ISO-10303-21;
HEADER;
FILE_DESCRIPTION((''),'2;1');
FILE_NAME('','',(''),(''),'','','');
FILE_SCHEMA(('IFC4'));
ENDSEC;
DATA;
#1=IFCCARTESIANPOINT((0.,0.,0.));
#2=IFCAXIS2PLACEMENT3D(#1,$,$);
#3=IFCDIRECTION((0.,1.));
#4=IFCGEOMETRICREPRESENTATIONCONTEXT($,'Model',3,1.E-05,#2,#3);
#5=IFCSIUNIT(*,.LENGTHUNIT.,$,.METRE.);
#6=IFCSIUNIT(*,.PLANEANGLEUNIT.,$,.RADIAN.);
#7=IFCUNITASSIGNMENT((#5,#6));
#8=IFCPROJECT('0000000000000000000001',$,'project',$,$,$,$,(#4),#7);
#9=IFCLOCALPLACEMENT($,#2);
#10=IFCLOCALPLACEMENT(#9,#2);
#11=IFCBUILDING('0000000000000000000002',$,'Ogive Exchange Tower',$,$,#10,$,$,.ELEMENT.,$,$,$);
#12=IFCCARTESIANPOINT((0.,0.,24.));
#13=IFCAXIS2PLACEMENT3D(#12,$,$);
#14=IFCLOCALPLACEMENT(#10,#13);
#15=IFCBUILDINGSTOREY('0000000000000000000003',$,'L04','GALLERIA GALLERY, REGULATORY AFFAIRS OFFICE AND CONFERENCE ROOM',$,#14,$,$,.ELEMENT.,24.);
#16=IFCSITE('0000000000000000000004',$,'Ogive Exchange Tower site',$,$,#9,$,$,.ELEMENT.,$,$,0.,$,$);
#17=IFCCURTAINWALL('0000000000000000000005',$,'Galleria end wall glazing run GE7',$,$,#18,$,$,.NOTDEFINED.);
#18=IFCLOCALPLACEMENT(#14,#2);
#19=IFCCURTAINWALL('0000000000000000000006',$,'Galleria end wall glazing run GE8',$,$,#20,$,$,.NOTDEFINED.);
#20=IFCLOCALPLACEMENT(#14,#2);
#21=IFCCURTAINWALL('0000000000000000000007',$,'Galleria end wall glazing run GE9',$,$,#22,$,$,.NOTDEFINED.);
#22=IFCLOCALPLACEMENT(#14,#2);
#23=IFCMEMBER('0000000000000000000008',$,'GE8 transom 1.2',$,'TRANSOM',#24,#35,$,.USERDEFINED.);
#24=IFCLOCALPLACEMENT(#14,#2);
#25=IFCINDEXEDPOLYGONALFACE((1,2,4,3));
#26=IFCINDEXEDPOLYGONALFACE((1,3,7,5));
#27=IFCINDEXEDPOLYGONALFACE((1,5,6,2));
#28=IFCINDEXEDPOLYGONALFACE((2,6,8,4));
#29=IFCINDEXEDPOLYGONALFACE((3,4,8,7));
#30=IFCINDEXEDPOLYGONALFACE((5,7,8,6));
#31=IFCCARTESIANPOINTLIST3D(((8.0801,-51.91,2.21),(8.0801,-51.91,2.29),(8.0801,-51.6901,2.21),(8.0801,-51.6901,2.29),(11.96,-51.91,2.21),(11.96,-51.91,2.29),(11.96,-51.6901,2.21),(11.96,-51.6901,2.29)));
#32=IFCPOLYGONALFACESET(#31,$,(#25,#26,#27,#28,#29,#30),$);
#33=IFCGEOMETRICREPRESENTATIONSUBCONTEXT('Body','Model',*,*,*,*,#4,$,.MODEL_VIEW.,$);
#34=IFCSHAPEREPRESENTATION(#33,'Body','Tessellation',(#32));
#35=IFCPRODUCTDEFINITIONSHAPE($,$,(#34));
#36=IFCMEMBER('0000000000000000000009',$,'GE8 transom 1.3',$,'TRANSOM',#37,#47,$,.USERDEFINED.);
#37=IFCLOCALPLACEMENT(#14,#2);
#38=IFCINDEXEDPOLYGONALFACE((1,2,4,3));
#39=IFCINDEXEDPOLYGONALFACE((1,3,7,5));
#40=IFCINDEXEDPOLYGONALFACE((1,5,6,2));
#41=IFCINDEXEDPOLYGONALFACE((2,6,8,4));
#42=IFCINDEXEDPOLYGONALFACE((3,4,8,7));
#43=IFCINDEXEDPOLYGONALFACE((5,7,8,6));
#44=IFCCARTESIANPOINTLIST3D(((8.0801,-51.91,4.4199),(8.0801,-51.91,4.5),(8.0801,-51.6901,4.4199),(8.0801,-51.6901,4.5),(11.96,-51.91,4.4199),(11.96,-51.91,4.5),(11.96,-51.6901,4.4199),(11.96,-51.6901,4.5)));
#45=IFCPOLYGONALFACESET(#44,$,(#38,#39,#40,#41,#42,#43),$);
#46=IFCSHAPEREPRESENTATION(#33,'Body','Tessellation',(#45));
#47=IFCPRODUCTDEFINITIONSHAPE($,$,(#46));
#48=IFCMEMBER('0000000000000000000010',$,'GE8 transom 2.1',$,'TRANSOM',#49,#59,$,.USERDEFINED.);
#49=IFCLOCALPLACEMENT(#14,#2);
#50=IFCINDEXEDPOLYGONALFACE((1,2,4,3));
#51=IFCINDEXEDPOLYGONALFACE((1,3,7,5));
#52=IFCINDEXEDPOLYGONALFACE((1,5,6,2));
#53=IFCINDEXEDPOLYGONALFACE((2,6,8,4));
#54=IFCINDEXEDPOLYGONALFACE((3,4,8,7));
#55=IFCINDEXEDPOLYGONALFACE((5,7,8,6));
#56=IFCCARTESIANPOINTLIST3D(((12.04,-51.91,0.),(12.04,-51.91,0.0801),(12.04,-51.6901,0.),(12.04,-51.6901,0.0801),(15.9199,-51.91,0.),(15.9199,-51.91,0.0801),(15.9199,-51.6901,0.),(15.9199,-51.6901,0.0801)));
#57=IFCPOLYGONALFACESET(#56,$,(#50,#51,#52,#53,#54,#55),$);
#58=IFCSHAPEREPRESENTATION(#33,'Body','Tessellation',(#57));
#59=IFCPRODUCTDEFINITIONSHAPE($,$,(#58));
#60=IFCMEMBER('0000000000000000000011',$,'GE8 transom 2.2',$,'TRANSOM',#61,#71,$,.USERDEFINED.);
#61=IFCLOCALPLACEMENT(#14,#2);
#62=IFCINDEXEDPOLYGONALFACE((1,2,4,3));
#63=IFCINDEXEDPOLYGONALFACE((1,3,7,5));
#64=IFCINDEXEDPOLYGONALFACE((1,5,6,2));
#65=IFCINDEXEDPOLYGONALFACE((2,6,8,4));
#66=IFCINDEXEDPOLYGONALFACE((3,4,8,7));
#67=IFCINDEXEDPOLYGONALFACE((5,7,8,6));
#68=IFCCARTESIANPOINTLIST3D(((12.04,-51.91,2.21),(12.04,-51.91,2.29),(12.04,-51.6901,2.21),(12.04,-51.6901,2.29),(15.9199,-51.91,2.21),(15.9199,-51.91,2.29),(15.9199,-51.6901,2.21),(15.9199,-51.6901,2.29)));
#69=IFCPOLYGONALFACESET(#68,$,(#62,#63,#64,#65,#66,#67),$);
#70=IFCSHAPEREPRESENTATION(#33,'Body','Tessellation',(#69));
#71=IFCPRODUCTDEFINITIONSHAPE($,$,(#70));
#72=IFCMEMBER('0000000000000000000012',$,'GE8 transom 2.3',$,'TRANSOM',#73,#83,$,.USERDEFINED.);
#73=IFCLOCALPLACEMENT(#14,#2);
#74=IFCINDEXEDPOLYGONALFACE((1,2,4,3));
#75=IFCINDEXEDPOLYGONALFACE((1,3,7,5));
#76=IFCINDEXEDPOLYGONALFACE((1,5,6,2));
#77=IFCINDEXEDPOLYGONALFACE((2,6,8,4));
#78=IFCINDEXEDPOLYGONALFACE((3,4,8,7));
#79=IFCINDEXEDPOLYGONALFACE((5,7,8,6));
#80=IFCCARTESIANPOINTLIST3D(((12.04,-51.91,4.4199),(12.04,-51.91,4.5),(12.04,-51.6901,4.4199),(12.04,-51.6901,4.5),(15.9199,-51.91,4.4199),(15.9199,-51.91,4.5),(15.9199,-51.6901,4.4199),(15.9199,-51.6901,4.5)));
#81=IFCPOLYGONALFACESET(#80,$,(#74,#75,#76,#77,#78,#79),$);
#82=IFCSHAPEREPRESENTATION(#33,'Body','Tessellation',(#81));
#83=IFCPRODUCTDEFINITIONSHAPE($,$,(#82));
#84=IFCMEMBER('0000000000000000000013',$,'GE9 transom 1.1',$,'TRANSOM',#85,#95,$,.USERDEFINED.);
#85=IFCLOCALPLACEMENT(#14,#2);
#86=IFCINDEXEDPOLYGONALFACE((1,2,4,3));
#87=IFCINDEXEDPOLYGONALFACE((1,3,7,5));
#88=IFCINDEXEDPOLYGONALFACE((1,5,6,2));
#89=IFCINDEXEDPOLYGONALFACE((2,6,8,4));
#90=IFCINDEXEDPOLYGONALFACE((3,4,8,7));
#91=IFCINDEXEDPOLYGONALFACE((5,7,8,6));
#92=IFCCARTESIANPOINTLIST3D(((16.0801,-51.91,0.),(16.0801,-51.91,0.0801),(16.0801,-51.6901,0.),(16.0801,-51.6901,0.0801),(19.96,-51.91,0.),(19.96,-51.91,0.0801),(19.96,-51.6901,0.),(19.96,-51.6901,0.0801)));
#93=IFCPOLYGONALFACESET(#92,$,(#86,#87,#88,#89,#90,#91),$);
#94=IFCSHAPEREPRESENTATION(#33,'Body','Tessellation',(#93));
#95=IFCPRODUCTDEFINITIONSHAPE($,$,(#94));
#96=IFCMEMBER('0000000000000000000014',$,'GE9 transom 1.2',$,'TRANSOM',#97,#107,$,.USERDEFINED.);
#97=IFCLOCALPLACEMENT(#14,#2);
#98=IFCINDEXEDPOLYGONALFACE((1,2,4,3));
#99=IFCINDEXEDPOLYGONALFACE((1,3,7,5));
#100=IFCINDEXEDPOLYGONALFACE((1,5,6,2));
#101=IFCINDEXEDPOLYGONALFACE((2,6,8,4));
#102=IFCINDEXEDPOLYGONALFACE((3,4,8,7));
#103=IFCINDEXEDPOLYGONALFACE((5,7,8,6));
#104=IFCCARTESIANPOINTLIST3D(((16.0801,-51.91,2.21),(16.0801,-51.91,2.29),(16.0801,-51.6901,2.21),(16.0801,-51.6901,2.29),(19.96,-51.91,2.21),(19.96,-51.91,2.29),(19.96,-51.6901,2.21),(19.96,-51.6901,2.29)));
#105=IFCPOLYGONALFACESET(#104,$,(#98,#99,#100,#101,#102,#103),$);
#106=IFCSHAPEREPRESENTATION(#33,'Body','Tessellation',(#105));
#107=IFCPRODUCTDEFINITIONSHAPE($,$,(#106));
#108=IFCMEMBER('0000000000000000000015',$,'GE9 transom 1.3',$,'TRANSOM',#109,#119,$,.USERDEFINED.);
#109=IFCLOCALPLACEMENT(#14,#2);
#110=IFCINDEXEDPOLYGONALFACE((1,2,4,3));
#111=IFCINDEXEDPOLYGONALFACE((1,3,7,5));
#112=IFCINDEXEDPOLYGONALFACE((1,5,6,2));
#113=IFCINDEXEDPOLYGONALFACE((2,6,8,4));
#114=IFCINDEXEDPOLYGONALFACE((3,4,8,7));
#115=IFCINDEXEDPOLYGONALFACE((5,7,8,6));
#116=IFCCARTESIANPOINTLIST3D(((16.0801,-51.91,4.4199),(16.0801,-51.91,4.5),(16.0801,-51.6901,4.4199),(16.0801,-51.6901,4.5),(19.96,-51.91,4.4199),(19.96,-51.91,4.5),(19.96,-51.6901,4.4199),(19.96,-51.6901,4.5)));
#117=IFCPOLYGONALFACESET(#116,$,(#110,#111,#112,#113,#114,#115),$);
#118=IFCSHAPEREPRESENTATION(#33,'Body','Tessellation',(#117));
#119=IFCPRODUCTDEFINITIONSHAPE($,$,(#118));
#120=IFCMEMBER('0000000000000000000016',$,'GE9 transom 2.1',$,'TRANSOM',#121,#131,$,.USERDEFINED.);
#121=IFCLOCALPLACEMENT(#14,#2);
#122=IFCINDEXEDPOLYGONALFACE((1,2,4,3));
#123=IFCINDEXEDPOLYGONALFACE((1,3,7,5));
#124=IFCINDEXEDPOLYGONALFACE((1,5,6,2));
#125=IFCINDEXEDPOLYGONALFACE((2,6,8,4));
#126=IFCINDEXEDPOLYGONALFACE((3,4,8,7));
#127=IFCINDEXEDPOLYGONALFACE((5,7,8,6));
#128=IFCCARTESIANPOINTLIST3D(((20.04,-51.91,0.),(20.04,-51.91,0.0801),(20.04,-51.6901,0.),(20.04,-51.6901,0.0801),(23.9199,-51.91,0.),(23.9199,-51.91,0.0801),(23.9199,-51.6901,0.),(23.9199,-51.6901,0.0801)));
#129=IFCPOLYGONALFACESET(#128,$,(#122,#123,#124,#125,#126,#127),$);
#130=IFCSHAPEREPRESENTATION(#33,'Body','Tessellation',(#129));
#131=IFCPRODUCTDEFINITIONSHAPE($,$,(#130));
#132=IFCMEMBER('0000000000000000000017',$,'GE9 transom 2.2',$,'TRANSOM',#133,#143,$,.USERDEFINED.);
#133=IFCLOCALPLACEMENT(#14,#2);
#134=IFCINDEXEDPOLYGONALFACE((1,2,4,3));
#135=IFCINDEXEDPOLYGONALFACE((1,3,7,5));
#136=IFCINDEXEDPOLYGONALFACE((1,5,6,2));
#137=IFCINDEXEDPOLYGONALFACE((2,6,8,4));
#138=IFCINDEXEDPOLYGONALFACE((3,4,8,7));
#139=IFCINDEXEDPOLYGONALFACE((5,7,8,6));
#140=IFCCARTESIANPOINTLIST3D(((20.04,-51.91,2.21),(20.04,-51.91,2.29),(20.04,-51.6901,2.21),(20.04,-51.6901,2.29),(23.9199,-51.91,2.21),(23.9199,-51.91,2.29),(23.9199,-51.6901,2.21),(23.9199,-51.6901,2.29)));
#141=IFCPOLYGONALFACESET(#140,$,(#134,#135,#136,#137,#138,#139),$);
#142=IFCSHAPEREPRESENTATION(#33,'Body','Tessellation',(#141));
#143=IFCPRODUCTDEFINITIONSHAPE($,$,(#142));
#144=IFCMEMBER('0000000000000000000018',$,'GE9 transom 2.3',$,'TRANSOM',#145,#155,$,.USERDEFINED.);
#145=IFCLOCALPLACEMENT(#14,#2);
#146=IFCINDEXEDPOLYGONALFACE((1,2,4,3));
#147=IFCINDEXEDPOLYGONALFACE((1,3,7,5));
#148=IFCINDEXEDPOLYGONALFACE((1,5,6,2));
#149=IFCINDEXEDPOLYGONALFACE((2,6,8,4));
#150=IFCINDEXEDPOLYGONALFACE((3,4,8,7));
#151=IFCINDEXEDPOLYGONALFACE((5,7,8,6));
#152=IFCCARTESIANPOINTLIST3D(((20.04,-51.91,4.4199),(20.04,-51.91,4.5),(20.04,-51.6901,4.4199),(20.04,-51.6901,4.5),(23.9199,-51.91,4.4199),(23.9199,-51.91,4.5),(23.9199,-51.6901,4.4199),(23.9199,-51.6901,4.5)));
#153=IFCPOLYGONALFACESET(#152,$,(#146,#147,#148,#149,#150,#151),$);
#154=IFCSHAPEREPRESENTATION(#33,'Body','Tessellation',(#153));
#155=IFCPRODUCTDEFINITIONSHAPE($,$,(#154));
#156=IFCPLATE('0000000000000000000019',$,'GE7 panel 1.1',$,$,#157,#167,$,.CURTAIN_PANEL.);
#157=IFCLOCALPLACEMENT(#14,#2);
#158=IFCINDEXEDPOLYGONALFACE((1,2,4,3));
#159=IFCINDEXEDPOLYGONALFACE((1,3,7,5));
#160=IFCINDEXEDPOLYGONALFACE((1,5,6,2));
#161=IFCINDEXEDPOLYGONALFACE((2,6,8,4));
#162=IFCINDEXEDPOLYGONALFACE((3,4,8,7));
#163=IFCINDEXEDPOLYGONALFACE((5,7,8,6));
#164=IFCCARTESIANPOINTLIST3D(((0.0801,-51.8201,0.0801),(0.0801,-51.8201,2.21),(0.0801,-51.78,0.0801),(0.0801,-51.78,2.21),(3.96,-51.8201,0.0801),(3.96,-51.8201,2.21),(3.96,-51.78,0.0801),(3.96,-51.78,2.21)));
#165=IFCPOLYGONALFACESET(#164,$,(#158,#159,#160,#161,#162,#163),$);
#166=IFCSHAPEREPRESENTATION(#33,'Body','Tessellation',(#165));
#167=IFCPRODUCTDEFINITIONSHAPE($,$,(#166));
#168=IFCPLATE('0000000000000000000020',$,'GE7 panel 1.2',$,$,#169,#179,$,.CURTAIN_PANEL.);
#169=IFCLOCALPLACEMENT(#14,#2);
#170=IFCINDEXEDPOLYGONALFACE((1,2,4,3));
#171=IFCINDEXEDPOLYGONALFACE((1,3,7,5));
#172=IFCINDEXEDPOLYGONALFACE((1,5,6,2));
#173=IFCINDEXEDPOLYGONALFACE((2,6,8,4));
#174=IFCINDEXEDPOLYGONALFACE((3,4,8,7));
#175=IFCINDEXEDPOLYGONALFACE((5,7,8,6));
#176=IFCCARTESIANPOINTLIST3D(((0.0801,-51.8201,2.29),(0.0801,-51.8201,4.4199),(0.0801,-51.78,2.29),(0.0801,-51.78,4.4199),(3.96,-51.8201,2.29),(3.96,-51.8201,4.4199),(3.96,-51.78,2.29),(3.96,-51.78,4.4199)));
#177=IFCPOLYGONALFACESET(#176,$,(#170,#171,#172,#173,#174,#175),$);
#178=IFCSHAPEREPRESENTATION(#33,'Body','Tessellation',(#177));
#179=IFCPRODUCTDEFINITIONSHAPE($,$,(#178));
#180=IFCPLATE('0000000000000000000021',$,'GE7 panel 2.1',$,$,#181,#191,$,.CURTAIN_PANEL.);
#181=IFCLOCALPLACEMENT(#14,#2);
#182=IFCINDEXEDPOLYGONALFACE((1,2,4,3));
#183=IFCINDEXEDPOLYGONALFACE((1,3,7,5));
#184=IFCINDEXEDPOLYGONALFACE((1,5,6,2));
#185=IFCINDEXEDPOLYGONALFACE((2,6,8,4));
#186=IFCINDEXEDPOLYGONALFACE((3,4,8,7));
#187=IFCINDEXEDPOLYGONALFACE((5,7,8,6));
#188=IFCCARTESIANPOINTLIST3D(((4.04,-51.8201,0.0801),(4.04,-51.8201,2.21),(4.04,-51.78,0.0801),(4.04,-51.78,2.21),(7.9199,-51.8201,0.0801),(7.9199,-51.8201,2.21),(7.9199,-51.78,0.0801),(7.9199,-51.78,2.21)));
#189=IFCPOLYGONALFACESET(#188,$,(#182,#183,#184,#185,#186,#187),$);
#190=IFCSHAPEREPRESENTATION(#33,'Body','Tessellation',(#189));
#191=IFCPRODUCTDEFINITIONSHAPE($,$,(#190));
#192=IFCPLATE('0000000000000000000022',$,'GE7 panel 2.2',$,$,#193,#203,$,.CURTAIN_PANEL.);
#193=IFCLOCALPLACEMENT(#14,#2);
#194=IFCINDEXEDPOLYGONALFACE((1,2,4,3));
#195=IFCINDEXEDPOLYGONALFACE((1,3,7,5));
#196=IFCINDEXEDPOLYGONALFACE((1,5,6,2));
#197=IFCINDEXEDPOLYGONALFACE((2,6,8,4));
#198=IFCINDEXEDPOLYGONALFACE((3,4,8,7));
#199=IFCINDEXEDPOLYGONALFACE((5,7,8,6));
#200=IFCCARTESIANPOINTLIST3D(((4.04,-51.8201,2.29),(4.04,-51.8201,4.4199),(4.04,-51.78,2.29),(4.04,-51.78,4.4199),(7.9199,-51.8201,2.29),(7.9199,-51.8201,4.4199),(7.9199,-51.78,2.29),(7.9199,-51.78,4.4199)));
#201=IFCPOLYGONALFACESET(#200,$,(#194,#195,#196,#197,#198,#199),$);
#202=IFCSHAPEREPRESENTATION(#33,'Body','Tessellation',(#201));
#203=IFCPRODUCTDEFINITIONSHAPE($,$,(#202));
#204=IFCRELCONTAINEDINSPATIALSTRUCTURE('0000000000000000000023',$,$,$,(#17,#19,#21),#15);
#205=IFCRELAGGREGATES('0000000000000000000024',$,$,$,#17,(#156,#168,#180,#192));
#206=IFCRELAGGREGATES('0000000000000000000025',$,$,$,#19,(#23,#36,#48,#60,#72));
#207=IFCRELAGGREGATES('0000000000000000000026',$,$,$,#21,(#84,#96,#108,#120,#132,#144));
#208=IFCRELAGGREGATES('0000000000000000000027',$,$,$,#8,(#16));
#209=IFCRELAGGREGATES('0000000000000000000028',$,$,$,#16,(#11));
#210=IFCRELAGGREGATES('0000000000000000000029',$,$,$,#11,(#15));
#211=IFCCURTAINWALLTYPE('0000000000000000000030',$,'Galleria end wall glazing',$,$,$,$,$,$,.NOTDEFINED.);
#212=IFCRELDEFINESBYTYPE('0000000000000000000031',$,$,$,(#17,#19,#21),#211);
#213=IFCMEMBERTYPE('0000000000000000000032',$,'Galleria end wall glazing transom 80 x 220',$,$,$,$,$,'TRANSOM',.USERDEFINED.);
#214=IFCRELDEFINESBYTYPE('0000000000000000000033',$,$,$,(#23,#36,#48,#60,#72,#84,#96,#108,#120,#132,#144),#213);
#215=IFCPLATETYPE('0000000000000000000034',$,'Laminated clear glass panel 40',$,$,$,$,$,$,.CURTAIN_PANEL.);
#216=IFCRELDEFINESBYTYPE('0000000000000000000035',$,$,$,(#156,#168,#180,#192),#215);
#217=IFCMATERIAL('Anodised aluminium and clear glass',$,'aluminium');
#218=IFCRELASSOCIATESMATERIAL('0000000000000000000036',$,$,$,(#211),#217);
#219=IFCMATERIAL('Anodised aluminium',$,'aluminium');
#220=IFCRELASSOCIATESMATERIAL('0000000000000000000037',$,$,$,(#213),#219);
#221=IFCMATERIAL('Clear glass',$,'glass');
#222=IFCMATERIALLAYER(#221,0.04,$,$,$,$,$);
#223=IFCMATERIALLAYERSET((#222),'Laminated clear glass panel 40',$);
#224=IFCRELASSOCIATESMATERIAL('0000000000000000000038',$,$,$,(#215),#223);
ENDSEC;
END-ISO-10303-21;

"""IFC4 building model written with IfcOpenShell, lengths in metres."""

from ifc_helpers import new_model, si_unit, direction, frame, origin, origin_2d, place, context, subcontext, project, spatial, rectangle, extrude, material, layer, layer_set, material_profile, profile_set, type_object, element, aggregate, save


model = new_model("IFC4")

# Units and contexts
model_context = context("Model", 3, precision=1e-05, world=origin(), true_north=direction((0.0, 1.0)))
body_context = subcontext(model_context, "Body", "Model", "MODEL_VIEW")
ifc_project = project(units=[si_unit("LENGTHUNIT", "METRE"), si_unit("PLANEANGLEUNIT", "RADIAN")], contexts=[model_context])

# Site, building, storey
site_placement = place(None, origin())
site = spatial("IfcSite", under=ifc_project, at=site_placement, Name="Ogive Exchange Tower site", CompositionType="ELEMENT", RefElevation=0.0)
building_placement = place(site_placement, origin())
building = spatial("IfcBuilding", under=site, at=building_placement, Name="Ogive Exchange Tower", CompositionType="ELEMENT")
storey_placement = place(building_placement, frame((0.0, 0.0, 24.0)))
storey = spatial("IfcBuildingStorey", under=building, at=storey_placement, Name="L04", Description="GALLERIA GALLERY, REGULATORY AFFAIRS OFFICE AND CONFERENCE ROOM", CompositionType="ELEMENT", Elevation=24.0)

# Curtain walls
ifc_material_1 = material(Name="Anodised aluminium and clear glass", Category="aluminium")
curtain_wall_type = type_object("IfcCurtainWallType", Name="Galleria end wall glazing", PredefinedType="NOTDEFINED", material=ifc_material_1)
curtain_wall_1_placement = place(storey_placement, origin())
curtain_wall_1 = element("IfcCurtainWall", 1, at=curtain_wall_1_placement, inside=storey, type_object=curtain_wall_type, Name="Galleria end wall glazing run GE7", PredefinedType="NOTDEFINED")
ifc_material_2 = material(Name="Anodised aluminium", Category="aluminium")
curtain_wall_2_placement = place(storey_placement, origin())
curtain_wall_2 = element("IfcCurtainWall", 2, at=curtain_wall_2_placement, inside=storey, type_object=curtain_wall_type, Name="Galleria end wall glazing run GE8", PredefinedType="NOTDEFINED")
curtain_wall_3_placement = place(storey_placement, origin())
curtain_wall_3 = element("IfcCurtainWall", 3, at=curtain_wall_3_placement, inside=storey, type_object=curtain_wall_type, Name="Galleria end wall glazing run GE9", PredefinedType="NOTDEFINED")

# Members
ifc_material_profile_1 = material_profile(ifc_material_2, rectangle(XDim=0.22, YDim=0.0801, at=origin_2d()), Name="AL 80x220")
ifc_profile_set_1 = profile_set([ifc_material_profile_1], Name="Anodised aluminium")
member_type_1 = type_object("IfcMemberType", Name="Galleria end wall glazing transom 80 x 220", ElementType="TRANSOM", PredefinedType="USERDEFINED", material=ifc_profile_set_1)
member_1_placement = place(storey_placement, frame((8.0801, -51.8, 2.25), z_axis=(1.0, 0.0, 0.0), x_axis=(0.0, 1.0, 0.0)))
member_1 = element("IfcMember", 4, at=member_1_placement, type_object=member_type_1, Name="GE8 transom 1.2", ObjectType="TRANSOM", PredefinedType="USERDEFINED", context=body_context, shape_type="SweptSolid", body=[
    extrude(rectangle(XDim=0.22, YDim=0.0801, at=origin_2d()), origin(), (0.0, 0.0, 1.0), 3.8799),
])
member_2_placement = place(storey_placement, frame((8.0801, -51.8, 4.46), z_axis=(1.0, 0.0, 0.0), x_axis=(0.0, 1.0, 0.0)))
member_2 = element("IfcMember", 5, at=member_2_placement, type_object=member_type_1, Name="GE8 transom 1.3", ObjectType="TRANSOM", PredefinedType="USERDEFINED", context=body_context, shape_type="SweptSolid", body=[
    extrude(rectangle(XDim=0.22, YDim=0.0801, at=origin_2d()), origin(), (0.0, 0.0, 1.0), 3.8799),
])
member_3_placement = place(storey_placement, frame((12.04, -51.8, 0.04), z_axis=(1.0, 0.0, 0.0), x_axis=(0.0, 1.0, 0.0)))
member_3 = element("IfcMember", 6, at=member_3_placement, type_object=member_type_1, Name="GE8 transom 2.1", ObjectType="TRANSOM", PredefinedType="USERDEFINED", context=body_context, shape_type="SweptSolid", body=[
    extrude(rectangle(XDim=0.22, YDim=0.0801, at=origin_2d()), origin(), (0.0, 0.0, 1.0), 3.8799),
])
member_4_placement = place(storey_placement, frame((12.04, -51.8, 2.25), z_axis=(1.0, 0.0, 0.0), x_axis=(0.0, 1.0, 0.0)))
member_4 = element("IfcMember", 7, at=member_4_placement, type_object=member_type_1, Name="GE8 transom 2.2", ObjectType="TRANSOM", PredefinedType="USERDEFINED", context=body_context, shape_type="SweptSolid", body=[
    extrude(rectangle(XDim=0.22, YDim=0.0801, at=origin_2d()), origin(), (0.0, 0.0, 1.0), 3.8799),
])
member_5_placement = place(storey_placement, frame((12.04, -51.8, 4.46), z_axis=(1.0, 0.0, 0.0), x_axis=(0.0, 1.0, 0.0)))
member_5 = element("IfcMember", 8, at=member_5_placement, type_object=member_type_1, Name="GE8 transom 2.3", ObjectType="TRANSOM", PredefinedType="USERDEFINED", context=body_context, shape_type="SweptSolid", body=[
    extrude(rectangle(XDim=0.22, YDim=0.0801, at=origin_2d()), origin(), (0.0, 0.0, 1.0), 3.8799),
])
member_6_placement = place(storey_placement, frame((16.0801, -51.8, 0.04), z_axis=(1.0, 0.0, 0.0), x_axis=(0.0, 1.0, 0.0)))
member_6 = element("IfcMember", 9, at=member_6_placement, type_object=member_type_1, Name="GE9 transom 1.1", ObjectType="TRANSOM", PredefinedType="USERDEFINED", context=body_context, shape_type="SweptSolid", body=[
    extrude(rectangle(XDim=0.22, YDim=0.0801, at=origin_2d()), origin(), (0.0, 0.0, 1.0), 3.8799),
])
member_7_placement = place(storey_placement, frame((16.0801, -51.8, 2.25), z_axis=(1.0, 0.0, 0.0), x_axis=(0.0, 1.0, 0.0)))
member_7 = element("IfcMember", 10, at=member_7_placement, type_object=member_type_1, Name="GE9 transom 1.2", ObjectType="TRANSOM", PredefinedType="USERDEFINED", context=body_context, shape_type="SweptSolid", body=[
    extrude(rectangle(XDim=0.22, YDim=0.0801, at=origin_2d()), origin(), (0.0, 0.0, 1.0), 3.8799),
])
member_8_placement = place(storey_placement, frame((16.0801, -51.8, 4.46), z_axis=(1.0, 0.0, 0.0), x_axis=(0.0, 1.0, 0.0)))
member_8 = element("IfcMember", 11, at=member_8_placement, type_object=member_type_1, Name="GE9 transom 1.3", ObjectType="TRANSOM", PredefinedType="USERDEFINED", context=body_context, shape_type="SweptSolid", body=[
    extrude(rectangle(XDim=0.22, YDim=0.0801, at=origin_2d()), origin(), (0.0, 0.0, 1.0), 3.8799),
])
member_9_placement = place(storey_placement, frame((20.04, -51.8, 0.04), z_axis=(1.0, 0.0, 0.0), x_axis=(0.0, 1.0, 0.0)))
member_9 = element("IfcMember", 12, at=member_9_placement, type_object=member_type_1, Name="GE9 transom 2.1", ObjectType="TRANSOM", PredefinedType="USERDEFINED", context=body_context, shape_type="SweptSolid", body=[
    extrude(rectangle(XDim=0.22, YDim=0.0801, at=origin_2d()), origin(), (0.0, 0.0, 1.0), 3.8799),
])
member_10_placement = place(storey_placement, frame((20.04, -51.8, 2.25), z_axis=(1.0, 0.0, 0.0), x_axis=(0.0, 1.0, 0.0)))
member_10 = element("IfcMember", 13, at=member_10_placement, type_object=member_type_1, Name="GE9 transom 2.2", ObjectType="TRANSOM", PredefinedType="USERDEFINED", context=body_context, shape_type="SweptSolid", body=[
    extrude(rectangle(XDim=0.22, YDim=0.0801, at=origin_2d()), origin(), (0.0, 0.0, 1.0), 3.8799),
])
member_11_placement = place(storey_placement, frame((20.04, -51.8, 4.46), z_axis=(1.0, 0.0, 0.0), x_axis=(0.0, 1.0, 0.0)))
member_11 = element("IfcMember", 14, at=member_11_placement, type_object=member_type_1, Name="GE9 transom 2.3", ObjectType="TRANSOM", PredefinedType="USERDEFINED", context=body_context, shape_type="SweptSolid", body=[
    extrude(rectangle(XDim=0.22, YDim=0.0801, at=origin_2d()), origin(), (0.0, 0.0, 1.0), 3.8799),
])

# Plates
ifc_material_3 = material(Name="Clear glass", Category="glass")
ifc_layer = layer(ifc_material_3, 0.04)
ifc_layer_set = layer_set([ifc_layer], Name="Laminated clear glass panel 40")
plate_type = type_object("IfcPlateType", Name="Laminated clear glass panel 40", PredefinedType="CURTAIN_PANEL", material=ifc_layer_set)
plate_1_placement = place(storey_placement, frame((2.02, -51.8, 0.0801), z_axis=(0.0, 0.0, 1.0), x_axis=(1.0, 0.0, 0.0)))
plate_1 = element("IfcPlate", 15, at=plate_1_placement, type_object=plate_type, Name="GE7 panel 1.1", PredefinedType="CURTAIN_PANEL", context=body_context, shape_type="SweptSolid", body=[
    extrude(rectangle(XDim=3.8799, YDim=0.04, at=origin_2d()), origin(), (0.0, 0.0, 1.0), 2.1299),
])
plate_2_placement = place(storey_placement, frame((2.02, -51.8, 2.29), z_axis=(0.0, 0.0, 1.0), x_axis=(1.0, 0.0, 0.0)))
plate_2 = element("IfcPlate", 16, at=plate_2_placement, type_object=plate_type, Name="GE7 panel 1.2", PredefinedType="CURTAIN_PANEL", context=body_context, shape_type="SweptSolid", body=[
    extrude(rectangle(XDim=3.8799, YDim=0.04, at=origin_2d()), origin(), (0.0, 0.0, 1.0), 2.1299),
])
plate_3_placement = place(storey_placement, frame((5.98, -51.8, 0.0801), z_axis=(0.0, 0.0, 1.0), x_axis=(1.0, 0.0, 0.0)))
plate_3 = element("IfcPlate", 17, at=plate_3_placement, type_object=plate_type, Name="GE7 panel 2.1", PredefinedType="CURTAIN_PANEL", context=body_context, shape_type="SweptSolid", body=[
    extrude(rectangle(XDim=3.8799, YDim=0.04, at=origin_2d()), origin(), (0.0, 0.0, 1.0), 2.1299),
])
plate_4_placement = place(storey_placement, frame((5.98, -51.8, 2.29), z_axis=(0.0, 0.0, 1.0), x_axis=(1.0, 0.0, 0.0)))
plate_4 = element("IfcPlate", 18, at=plate_4_placement, type_object=plate_type, Name="GE7 panel 2.2", PredefinedType="CURTAIN_PANEL", context=body_context, shape_type="SweptSolid", body=[
    extrude(rectangle(XDim=3.8799, YDim=0.04, at=origin_2d()), origin(), (0.0, 0.0, 1.0), 2.1299),
])
aggregate(curtain_wall_1, [plate_1, plate_2, plate_3, plate_4])
aggregate(curtain_wall_2, [member_1, member_2, member_3, member_4, member_5])
aggregate(curtain_wall_3, [member_6, member_7, member_8, member_9, member_10, member_11])

save(model, "model.ifc")
